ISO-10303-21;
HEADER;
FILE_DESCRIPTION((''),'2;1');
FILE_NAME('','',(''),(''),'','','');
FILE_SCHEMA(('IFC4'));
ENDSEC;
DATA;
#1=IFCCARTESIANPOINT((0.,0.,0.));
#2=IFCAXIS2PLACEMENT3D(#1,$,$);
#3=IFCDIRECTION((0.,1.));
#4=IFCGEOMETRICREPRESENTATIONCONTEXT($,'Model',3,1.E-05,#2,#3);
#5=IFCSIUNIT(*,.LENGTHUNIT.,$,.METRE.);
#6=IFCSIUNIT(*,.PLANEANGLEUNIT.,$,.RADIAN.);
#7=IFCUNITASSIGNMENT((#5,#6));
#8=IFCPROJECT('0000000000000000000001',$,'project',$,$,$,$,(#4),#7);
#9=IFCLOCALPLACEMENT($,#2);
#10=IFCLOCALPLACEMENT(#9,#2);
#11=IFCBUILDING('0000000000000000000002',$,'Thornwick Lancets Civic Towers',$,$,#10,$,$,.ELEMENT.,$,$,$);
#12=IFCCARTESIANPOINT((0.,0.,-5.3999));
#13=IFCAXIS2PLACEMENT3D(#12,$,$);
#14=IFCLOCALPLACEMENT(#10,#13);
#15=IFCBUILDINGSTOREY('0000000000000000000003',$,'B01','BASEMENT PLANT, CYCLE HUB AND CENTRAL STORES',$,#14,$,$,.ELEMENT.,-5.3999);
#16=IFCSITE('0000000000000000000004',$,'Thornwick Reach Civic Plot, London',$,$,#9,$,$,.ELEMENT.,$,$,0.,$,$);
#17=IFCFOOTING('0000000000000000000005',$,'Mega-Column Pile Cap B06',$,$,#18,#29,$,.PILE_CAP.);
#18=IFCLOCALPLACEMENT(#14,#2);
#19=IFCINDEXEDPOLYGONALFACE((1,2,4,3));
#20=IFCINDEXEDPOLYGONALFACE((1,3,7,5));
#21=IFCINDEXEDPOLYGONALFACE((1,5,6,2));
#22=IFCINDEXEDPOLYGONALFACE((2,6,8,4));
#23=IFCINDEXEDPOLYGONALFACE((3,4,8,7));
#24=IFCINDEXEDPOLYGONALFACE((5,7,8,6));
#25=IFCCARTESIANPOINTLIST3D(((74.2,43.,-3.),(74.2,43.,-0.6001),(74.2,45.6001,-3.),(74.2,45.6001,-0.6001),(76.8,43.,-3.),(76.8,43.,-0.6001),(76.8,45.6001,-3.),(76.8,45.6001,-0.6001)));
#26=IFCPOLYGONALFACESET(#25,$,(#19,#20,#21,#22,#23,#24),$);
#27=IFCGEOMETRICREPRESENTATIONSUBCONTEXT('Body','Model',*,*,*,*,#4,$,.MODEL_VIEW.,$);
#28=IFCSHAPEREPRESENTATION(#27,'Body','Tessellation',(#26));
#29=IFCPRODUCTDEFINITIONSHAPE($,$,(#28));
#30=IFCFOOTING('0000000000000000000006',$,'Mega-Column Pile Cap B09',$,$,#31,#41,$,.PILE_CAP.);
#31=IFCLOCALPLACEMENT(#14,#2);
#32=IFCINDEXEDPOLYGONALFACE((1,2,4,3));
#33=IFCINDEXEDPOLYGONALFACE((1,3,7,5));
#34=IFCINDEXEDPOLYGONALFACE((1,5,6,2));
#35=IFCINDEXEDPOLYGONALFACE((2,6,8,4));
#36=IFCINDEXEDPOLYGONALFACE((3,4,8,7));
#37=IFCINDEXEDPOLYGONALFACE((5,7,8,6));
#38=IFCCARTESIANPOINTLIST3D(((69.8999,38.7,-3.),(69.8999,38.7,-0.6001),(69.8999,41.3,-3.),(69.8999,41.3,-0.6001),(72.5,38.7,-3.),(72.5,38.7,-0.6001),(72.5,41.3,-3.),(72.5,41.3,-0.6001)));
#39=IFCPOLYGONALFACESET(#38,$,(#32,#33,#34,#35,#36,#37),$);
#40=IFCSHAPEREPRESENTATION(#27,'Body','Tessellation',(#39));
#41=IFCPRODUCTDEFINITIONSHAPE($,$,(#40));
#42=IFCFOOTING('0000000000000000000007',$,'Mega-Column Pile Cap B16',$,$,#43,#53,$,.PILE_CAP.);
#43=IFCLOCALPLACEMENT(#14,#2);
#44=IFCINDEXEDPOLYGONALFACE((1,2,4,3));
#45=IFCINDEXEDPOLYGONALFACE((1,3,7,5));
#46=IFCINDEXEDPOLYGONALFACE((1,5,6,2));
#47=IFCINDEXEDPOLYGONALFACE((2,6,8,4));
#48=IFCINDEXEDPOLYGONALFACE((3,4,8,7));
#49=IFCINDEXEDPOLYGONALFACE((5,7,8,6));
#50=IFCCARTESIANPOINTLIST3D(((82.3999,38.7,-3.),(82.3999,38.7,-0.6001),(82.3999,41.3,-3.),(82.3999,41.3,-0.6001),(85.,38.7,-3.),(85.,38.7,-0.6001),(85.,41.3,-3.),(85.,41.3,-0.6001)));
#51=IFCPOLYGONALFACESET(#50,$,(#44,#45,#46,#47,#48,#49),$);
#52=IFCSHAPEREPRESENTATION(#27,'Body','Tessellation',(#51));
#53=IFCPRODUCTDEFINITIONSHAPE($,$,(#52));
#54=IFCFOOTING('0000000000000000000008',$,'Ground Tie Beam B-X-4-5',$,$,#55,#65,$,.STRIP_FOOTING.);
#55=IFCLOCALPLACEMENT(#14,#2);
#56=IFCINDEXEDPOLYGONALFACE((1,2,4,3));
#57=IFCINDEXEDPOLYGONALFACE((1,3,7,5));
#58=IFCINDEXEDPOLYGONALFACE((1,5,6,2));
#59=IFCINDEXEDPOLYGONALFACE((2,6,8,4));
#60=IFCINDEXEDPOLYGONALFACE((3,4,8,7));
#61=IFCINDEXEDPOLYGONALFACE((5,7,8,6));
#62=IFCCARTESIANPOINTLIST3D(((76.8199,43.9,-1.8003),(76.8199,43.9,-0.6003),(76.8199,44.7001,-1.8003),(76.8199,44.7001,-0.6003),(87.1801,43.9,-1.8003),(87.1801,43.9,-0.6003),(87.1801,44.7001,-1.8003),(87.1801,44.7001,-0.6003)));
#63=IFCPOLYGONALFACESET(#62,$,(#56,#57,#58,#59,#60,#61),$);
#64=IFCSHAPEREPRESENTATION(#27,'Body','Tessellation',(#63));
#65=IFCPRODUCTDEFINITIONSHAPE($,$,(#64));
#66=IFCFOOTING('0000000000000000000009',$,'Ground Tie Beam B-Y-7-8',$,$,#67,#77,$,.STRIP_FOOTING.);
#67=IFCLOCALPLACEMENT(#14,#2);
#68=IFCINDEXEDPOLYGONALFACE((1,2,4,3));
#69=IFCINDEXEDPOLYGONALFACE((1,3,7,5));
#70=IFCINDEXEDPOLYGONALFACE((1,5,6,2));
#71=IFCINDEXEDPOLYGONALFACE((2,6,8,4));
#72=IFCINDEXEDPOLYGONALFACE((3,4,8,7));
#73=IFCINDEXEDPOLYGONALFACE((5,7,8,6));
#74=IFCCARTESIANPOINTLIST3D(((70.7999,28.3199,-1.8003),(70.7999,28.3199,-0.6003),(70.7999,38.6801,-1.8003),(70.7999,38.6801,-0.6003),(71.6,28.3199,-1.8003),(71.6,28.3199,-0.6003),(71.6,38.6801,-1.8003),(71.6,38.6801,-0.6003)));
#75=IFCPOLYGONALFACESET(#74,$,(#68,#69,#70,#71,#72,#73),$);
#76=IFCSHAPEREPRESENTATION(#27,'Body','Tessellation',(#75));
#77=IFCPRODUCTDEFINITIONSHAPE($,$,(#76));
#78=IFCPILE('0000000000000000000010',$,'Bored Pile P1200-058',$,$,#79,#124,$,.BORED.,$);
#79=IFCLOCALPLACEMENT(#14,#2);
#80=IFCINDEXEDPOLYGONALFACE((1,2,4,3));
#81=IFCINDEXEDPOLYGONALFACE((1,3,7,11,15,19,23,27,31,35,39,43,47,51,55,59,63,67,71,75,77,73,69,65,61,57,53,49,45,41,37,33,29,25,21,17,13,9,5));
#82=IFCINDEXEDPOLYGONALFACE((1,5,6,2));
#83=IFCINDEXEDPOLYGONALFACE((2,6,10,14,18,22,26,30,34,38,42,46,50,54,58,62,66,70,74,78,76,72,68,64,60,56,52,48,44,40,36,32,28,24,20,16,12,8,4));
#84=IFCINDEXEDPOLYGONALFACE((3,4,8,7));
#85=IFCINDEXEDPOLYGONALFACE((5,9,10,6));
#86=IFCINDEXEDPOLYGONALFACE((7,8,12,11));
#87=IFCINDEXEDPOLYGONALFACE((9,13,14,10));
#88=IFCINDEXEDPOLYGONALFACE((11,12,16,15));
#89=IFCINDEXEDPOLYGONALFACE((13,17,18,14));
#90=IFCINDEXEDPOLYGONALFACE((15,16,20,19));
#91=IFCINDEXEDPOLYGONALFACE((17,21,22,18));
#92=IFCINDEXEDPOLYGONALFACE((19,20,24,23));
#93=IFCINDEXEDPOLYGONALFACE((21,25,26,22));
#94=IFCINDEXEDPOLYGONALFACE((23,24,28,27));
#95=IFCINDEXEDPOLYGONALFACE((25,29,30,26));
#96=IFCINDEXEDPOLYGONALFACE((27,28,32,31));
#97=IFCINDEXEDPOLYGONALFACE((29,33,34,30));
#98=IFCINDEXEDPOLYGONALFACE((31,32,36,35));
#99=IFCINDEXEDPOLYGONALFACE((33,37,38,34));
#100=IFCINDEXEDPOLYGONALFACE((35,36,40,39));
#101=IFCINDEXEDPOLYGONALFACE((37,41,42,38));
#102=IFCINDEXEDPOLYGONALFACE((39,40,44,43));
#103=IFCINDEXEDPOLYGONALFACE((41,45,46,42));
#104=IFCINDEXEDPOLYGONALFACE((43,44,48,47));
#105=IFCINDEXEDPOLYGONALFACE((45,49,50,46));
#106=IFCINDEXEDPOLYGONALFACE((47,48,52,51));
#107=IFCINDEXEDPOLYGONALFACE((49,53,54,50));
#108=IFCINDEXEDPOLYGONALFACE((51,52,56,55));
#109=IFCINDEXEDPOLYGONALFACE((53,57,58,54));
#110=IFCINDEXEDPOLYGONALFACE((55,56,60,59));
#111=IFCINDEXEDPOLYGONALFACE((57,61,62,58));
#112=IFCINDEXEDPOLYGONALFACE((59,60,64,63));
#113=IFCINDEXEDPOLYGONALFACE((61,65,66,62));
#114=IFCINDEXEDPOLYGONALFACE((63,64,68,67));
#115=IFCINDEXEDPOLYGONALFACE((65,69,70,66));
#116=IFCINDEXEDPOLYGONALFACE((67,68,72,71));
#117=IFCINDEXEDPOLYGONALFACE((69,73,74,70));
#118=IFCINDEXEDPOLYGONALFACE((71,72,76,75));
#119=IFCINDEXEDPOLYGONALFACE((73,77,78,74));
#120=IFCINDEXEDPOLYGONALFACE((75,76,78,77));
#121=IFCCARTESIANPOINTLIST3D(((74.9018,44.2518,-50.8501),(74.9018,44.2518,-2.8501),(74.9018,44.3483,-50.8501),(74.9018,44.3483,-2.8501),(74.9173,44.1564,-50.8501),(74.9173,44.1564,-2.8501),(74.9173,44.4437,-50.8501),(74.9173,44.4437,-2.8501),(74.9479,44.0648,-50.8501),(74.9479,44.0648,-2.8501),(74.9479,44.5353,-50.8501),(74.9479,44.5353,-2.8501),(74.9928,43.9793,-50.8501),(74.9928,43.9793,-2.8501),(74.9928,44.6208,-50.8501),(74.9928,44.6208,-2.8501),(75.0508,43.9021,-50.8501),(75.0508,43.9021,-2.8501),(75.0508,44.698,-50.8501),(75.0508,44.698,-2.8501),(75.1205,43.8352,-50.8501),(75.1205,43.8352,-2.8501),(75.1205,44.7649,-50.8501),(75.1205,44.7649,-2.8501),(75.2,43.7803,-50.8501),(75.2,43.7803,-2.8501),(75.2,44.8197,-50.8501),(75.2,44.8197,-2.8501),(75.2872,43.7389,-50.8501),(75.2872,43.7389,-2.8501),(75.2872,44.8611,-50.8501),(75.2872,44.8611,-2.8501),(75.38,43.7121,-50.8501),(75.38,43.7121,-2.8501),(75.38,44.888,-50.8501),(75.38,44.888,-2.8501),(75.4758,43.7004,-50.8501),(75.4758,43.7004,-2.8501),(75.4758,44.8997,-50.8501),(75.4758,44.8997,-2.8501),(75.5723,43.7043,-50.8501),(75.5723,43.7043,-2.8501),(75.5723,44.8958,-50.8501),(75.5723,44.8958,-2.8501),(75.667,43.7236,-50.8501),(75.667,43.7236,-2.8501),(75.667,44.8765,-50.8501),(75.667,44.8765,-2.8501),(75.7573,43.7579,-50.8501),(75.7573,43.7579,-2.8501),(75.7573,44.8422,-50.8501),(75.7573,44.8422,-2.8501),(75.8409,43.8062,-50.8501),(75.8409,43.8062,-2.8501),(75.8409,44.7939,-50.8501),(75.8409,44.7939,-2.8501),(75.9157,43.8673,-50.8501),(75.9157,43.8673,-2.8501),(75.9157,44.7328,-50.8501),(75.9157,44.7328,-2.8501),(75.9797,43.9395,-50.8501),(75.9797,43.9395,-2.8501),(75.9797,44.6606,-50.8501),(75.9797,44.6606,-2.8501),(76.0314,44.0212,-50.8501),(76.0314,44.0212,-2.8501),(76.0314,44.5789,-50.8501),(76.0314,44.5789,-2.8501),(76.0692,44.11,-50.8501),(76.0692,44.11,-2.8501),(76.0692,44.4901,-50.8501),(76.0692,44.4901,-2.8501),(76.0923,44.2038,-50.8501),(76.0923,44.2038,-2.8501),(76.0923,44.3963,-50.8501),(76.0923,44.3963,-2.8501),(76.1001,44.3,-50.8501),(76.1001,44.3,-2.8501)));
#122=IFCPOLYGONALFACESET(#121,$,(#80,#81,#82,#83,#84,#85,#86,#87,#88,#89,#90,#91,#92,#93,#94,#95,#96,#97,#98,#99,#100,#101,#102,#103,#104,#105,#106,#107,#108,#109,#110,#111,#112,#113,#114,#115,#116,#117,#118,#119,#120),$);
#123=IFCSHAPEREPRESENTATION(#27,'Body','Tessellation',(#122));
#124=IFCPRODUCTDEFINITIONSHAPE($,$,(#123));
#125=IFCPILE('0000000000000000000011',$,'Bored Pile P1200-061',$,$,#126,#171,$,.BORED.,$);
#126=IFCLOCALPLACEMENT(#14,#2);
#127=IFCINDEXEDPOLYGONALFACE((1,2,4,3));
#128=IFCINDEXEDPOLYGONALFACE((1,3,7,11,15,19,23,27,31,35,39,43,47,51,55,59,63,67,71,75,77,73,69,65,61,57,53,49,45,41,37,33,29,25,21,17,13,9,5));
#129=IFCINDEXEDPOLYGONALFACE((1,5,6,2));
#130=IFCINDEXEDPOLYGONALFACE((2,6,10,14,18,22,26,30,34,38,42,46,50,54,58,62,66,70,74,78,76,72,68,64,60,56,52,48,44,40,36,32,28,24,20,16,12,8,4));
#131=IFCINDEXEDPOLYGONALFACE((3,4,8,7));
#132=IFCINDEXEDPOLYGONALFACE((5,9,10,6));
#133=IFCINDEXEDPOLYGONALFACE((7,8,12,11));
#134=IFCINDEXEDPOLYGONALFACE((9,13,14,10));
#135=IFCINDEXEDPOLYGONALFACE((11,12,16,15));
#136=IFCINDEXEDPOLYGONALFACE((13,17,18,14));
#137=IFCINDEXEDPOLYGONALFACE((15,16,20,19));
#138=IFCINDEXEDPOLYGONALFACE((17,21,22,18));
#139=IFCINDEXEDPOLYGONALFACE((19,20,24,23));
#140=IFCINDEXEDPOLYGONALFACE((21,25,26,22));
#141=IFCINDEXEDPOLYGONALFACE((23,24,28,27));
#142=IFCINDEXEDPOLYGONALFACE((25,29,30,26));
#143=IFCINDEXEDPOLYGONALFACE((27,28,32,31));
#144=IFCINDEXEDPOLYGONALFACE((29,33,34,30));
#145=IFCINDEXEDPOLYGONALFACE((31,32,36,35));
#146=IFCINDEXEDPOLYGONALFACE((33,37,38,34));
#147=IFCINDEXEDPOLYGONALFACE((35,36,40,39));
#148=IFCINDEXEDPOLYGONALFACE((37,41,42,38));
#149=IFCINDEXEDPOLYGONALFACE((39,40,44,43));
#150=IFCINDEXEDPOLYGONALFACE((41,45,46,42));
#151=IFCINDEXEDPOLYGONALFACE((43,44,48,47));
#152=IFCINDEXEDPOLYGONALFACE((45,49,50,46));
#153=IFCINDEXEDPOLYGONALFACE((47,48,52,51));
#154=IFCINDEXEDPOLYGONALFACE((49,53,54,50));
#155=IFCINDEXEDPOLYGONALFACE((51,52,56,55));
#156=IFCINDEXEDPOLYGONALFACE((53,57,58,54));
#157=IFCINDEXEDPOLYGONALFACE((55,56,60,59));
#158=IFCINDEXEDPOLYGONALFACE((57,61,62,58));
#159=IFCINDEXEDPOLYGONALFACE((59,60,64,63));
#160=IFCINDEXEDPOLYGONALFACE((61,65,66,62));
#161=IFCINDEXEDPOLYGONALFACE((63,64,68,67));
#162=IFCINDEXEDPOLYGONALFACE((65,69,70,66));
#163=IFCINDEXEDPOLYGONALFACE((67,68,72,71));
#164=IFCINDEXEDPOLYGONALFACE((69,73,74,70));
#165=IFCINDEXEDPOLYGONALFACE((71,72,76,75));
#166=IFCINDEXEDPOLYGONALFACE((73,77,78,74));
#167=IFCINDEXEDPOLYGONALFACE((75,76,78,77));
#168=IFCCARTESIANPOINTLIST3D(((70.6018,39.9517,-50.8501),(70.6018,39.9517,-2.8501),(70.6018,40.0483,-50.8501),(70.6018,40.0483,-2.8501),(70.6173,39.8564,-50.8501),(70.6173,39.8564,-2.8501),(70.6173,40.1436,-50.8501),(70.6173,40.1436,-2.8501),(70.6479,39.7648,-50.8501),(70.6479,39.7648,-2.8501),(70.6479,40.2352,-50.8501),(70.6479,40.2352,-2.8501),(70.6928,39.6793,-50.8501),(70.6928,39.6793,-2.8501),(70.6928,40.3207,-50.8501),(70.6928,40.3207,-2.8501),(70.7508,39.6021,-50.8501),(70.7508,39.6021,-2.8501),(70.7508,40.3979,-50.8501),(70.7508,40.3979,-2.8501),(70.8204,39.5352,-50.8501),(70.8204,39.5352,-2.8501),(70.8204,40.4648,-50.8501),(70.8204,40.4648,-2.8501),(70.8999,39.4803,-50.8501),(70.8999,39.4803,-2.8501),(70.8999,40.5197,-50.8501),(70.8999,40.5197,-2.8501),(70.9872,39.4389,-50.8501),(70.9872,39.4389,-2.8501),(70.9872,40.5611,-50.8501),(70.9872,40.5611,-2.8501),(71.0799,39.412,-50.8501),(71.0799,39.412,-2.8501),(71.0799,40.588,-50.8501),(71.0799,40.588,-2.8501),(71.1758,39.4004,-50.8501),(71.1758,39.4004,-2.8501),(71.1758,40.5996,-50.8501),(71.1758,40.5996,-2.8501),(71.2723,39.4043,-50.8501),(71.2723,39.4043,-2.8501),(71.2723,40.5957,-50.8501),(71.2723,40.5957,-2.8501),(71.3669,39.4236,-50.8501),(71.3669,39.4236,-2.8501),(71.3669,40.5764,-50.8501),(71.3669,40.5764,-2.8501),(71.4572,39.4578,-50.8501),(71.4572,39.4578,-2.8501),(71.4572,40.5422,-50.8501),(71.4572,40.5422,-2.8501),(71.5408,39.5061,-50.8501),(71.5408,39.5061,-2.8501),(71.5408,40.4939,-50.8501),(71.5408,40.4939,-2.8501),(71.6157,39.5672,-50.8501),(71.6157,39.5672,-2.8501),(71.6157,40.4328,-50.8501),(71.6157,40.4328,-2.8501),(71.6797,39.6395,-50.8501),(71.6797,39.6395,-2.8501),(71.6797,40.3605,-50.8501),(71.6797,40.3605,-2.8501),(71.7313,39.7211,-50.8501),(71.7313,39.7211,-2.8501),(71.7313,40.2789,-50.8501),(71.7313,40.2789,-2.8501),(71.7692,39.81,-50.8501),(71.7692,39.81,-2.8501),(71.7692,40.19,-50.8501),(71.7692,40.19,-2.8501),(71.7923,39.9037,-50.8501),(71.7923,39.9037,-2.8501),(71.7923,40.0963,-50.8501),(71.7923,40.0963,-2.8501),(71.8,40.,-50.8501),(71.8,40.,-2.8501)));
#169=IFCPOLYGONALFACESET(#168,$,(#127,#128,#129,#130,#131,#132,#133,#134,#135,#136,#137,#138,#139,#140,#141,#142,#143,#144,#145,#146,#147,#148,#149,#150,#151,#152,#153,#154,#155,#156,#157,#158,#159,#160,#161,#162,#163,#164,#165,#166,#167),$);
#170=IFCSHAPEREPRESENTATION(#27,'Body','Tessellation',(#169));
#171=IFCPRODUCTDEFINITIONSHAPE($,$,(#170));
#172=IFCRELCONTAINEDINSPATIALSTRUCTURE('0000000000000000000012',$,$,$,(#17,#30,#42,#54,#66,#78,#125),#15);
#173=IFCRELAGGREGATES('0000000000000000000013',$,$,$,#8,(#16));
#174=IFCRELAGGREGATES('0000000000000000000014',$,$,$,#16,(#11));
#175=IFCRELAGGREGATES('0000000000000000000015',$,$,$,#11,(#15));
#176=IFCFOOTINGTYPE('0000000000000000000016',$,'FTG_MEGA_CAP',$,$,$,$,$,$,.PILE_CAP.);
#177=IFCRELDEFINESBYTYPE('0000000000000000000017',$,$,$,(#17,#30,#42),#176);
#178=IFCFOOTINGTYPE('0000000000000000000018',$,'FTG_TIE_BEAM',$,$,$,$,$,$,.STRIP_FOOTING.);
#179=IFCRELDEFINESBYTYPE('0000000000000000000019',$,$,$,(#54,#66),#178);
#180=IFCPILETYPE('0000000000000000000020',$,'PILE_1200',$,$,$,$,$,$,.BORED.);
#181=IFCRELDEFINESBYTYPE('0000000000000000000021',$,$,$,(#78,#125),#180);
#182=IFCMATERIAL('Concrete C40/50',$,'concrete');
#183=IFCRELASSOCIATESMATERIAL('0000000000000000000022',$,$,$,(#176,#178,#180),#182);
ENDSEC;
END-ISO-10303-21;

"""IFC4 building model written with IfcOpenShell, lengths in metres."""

from ifc_helpers import new_model, si_unit, direction, frame, origin, origin_2d, place, context, subcontext, project, spatial, rectangle, circle, extrude, material, material_profile, profile_set, type_object, element, save


model = new_model("IFC4")

# Units and contexts
model_context = context("Model", 3, precision=1e-05, world=origin(), true_north=direction((0.0, 1.0)))
body_context = subcontext(model_context, "Body", "Model", "MODEL_VIEW")
ifc_project = project(units=[si_unit("LENGTHUNIT", "METRE"), si_unit("PLANEANGLEUNIT", "RADIAN")], contexts=[model_context])

# Site, building, storey
site_placement = place(None, origin())
site = spatial("IfcSite", under=ifc_project, at=site_placement, Name="Thornwick Reach Civic Plot, London", CompositionType="ELEMENT", RefElevation=0.0)
building_placement = place(site_placement, origin())
building = spatial("IfcBuilding", under=site, at=building_placement, Name="Thornwick Lancets Civic Towers", CompositionType="ELEMENT")
storey_placement = place(building_placement, frame((0.0, 0.0, -5.3999)))
storey = spatial("IfcBuildingStorey", under=building, at=storey_placement, Name="B01", Description="BASEMENT PLANT, CYCLE HUB AND CENTRAL STORES", CompositionType="ELEMENT", Elevation=-5.3999)

# Footings
ifc_material_1 = material(Name="Concrete C40/50", Category="concrete")
footing_type_1 = type_object("IfcFootingType", Name="FTG_MEGA_CAP", PredefinedType="PILE_CAP", material=ifc_material_1)
for number, where, z_axis, x_axis, name in (
    (1, (75.5, 44.3, -3.0), (0.0, 0.0, 1.0), (1.0, 0.0, 0.0), "Mega-Column Pile Cap B06"),
    (2, (71.2, 40.0, -3.0), (0.0, 0.0, 1.0), (1.0, 0.0, 0.0), "Mega-Column Pile Cap B09"),
    (3, (83.7, 40.0, -3.0), (0.0, 0.0, 1.0), (1.0, 0.0, 0.0), "Mega-Column Pile Cap B16"),
):
    element("IfcFooting", number, at=place(storey_placement, frame(where, z_axis=z_axis, x_axis=x_axis)), inside=storey, type_object=footing_type_1, Name=name, PredefinedType="PILE_CAP", context=body_context, shape_type="SweptSolid", body=[
        extrude(rectangle(XDim=2.6001, YDim=2.6001, at=origin_2d()), origin(), (0.0, 0.0, 1.0), 2.3999),
    ])
footing_type_2 = type_object("IfcFootingType", Name="FTG_TIE_BEAM", PredefinedType="STRIP_FOOTING", material=ifc_material_1)
footing_1_placement = place(storey_placement, frame((82.0, 44.3, -1.8003), z_axis=(0.0, 0.0, 1.0), x_axis=(1.0, 0.0, 0.0)))
element("IfcFooting", 4, at=footing_1_placement, inside=storey, type_object=footing_type_2, Name="Ground Tie Beam B-X-4-5", PredefinedType="STRIP_FOOTING", context=body_context, shape_type="SweptSolid", body=[
    extrude(rectangle(XDim=10.3601, YDim=0.8, at=origin_2d()), origin(), (0.0, 0.0, 1.0), 1.2),
])
footing_2_placement = place(storey_placement, frame((71.2, 33.5, -1.8003), z_axis=(0.0, 0.0, 1.0), x_axis=(1.0, 0.0, 0.0)))
element("IfcFooting", 5, at=footing_2_placement, inside=storey, type_object=footing_type_2, Name="Ground Tie Beam B-Y-7-8", PredefinedType="STRIP_FOOTING", context=body_context, shape_type="SweptSolid", body=[
    extrude(rectangle(XDim=0.8, YDim=10.3601, at=origin_2d()), origin(), (0.0, 0.0, 1.0), 1.2),
])

# Piles
ifc_material_profile_1 = material_profile(ifc_material_1, circle(Radius=0.6001, at=origin_2d()), Name="PILE D1200")
ifc_profile_set_1 = profile_set([ifc_material_profile_1], Name="Concrete C40/50")
pile_type_1 = type_object("IfcPileType", Name="PILE_1200", PredefinedType="BORED", material=ifc_profile_set_1)
for number, where, z_axis, x_axis, name in (
    (6, (75.5, 44.3, -2.8501), (0.0, 0.0, -1.0), (1.0, 0.0, 0.0), "Bored Pile P1200-058"),
    (7, (71.2, 40.0, -2.8501), (0.0, 0.0, -1.0), (1.0, 0.0, 0.0), "Bored Pile P1200-061"),
):
    element("IfcPile", number, at=place(storey_placement, frame(where, z_axis=z_axis, x_axis=x_axis)), inside=storey, type_object=pile_type_1, Name=name, PredefinedType="BORED", context=body_context, shape_type="SweptSolid", body=[
        extrude(circle(Radius=0.6001, at=origin_2d()), origin(), (0.0, 0.0, 1.0), 48.0),
    ])

save(model, "model.ifc")
